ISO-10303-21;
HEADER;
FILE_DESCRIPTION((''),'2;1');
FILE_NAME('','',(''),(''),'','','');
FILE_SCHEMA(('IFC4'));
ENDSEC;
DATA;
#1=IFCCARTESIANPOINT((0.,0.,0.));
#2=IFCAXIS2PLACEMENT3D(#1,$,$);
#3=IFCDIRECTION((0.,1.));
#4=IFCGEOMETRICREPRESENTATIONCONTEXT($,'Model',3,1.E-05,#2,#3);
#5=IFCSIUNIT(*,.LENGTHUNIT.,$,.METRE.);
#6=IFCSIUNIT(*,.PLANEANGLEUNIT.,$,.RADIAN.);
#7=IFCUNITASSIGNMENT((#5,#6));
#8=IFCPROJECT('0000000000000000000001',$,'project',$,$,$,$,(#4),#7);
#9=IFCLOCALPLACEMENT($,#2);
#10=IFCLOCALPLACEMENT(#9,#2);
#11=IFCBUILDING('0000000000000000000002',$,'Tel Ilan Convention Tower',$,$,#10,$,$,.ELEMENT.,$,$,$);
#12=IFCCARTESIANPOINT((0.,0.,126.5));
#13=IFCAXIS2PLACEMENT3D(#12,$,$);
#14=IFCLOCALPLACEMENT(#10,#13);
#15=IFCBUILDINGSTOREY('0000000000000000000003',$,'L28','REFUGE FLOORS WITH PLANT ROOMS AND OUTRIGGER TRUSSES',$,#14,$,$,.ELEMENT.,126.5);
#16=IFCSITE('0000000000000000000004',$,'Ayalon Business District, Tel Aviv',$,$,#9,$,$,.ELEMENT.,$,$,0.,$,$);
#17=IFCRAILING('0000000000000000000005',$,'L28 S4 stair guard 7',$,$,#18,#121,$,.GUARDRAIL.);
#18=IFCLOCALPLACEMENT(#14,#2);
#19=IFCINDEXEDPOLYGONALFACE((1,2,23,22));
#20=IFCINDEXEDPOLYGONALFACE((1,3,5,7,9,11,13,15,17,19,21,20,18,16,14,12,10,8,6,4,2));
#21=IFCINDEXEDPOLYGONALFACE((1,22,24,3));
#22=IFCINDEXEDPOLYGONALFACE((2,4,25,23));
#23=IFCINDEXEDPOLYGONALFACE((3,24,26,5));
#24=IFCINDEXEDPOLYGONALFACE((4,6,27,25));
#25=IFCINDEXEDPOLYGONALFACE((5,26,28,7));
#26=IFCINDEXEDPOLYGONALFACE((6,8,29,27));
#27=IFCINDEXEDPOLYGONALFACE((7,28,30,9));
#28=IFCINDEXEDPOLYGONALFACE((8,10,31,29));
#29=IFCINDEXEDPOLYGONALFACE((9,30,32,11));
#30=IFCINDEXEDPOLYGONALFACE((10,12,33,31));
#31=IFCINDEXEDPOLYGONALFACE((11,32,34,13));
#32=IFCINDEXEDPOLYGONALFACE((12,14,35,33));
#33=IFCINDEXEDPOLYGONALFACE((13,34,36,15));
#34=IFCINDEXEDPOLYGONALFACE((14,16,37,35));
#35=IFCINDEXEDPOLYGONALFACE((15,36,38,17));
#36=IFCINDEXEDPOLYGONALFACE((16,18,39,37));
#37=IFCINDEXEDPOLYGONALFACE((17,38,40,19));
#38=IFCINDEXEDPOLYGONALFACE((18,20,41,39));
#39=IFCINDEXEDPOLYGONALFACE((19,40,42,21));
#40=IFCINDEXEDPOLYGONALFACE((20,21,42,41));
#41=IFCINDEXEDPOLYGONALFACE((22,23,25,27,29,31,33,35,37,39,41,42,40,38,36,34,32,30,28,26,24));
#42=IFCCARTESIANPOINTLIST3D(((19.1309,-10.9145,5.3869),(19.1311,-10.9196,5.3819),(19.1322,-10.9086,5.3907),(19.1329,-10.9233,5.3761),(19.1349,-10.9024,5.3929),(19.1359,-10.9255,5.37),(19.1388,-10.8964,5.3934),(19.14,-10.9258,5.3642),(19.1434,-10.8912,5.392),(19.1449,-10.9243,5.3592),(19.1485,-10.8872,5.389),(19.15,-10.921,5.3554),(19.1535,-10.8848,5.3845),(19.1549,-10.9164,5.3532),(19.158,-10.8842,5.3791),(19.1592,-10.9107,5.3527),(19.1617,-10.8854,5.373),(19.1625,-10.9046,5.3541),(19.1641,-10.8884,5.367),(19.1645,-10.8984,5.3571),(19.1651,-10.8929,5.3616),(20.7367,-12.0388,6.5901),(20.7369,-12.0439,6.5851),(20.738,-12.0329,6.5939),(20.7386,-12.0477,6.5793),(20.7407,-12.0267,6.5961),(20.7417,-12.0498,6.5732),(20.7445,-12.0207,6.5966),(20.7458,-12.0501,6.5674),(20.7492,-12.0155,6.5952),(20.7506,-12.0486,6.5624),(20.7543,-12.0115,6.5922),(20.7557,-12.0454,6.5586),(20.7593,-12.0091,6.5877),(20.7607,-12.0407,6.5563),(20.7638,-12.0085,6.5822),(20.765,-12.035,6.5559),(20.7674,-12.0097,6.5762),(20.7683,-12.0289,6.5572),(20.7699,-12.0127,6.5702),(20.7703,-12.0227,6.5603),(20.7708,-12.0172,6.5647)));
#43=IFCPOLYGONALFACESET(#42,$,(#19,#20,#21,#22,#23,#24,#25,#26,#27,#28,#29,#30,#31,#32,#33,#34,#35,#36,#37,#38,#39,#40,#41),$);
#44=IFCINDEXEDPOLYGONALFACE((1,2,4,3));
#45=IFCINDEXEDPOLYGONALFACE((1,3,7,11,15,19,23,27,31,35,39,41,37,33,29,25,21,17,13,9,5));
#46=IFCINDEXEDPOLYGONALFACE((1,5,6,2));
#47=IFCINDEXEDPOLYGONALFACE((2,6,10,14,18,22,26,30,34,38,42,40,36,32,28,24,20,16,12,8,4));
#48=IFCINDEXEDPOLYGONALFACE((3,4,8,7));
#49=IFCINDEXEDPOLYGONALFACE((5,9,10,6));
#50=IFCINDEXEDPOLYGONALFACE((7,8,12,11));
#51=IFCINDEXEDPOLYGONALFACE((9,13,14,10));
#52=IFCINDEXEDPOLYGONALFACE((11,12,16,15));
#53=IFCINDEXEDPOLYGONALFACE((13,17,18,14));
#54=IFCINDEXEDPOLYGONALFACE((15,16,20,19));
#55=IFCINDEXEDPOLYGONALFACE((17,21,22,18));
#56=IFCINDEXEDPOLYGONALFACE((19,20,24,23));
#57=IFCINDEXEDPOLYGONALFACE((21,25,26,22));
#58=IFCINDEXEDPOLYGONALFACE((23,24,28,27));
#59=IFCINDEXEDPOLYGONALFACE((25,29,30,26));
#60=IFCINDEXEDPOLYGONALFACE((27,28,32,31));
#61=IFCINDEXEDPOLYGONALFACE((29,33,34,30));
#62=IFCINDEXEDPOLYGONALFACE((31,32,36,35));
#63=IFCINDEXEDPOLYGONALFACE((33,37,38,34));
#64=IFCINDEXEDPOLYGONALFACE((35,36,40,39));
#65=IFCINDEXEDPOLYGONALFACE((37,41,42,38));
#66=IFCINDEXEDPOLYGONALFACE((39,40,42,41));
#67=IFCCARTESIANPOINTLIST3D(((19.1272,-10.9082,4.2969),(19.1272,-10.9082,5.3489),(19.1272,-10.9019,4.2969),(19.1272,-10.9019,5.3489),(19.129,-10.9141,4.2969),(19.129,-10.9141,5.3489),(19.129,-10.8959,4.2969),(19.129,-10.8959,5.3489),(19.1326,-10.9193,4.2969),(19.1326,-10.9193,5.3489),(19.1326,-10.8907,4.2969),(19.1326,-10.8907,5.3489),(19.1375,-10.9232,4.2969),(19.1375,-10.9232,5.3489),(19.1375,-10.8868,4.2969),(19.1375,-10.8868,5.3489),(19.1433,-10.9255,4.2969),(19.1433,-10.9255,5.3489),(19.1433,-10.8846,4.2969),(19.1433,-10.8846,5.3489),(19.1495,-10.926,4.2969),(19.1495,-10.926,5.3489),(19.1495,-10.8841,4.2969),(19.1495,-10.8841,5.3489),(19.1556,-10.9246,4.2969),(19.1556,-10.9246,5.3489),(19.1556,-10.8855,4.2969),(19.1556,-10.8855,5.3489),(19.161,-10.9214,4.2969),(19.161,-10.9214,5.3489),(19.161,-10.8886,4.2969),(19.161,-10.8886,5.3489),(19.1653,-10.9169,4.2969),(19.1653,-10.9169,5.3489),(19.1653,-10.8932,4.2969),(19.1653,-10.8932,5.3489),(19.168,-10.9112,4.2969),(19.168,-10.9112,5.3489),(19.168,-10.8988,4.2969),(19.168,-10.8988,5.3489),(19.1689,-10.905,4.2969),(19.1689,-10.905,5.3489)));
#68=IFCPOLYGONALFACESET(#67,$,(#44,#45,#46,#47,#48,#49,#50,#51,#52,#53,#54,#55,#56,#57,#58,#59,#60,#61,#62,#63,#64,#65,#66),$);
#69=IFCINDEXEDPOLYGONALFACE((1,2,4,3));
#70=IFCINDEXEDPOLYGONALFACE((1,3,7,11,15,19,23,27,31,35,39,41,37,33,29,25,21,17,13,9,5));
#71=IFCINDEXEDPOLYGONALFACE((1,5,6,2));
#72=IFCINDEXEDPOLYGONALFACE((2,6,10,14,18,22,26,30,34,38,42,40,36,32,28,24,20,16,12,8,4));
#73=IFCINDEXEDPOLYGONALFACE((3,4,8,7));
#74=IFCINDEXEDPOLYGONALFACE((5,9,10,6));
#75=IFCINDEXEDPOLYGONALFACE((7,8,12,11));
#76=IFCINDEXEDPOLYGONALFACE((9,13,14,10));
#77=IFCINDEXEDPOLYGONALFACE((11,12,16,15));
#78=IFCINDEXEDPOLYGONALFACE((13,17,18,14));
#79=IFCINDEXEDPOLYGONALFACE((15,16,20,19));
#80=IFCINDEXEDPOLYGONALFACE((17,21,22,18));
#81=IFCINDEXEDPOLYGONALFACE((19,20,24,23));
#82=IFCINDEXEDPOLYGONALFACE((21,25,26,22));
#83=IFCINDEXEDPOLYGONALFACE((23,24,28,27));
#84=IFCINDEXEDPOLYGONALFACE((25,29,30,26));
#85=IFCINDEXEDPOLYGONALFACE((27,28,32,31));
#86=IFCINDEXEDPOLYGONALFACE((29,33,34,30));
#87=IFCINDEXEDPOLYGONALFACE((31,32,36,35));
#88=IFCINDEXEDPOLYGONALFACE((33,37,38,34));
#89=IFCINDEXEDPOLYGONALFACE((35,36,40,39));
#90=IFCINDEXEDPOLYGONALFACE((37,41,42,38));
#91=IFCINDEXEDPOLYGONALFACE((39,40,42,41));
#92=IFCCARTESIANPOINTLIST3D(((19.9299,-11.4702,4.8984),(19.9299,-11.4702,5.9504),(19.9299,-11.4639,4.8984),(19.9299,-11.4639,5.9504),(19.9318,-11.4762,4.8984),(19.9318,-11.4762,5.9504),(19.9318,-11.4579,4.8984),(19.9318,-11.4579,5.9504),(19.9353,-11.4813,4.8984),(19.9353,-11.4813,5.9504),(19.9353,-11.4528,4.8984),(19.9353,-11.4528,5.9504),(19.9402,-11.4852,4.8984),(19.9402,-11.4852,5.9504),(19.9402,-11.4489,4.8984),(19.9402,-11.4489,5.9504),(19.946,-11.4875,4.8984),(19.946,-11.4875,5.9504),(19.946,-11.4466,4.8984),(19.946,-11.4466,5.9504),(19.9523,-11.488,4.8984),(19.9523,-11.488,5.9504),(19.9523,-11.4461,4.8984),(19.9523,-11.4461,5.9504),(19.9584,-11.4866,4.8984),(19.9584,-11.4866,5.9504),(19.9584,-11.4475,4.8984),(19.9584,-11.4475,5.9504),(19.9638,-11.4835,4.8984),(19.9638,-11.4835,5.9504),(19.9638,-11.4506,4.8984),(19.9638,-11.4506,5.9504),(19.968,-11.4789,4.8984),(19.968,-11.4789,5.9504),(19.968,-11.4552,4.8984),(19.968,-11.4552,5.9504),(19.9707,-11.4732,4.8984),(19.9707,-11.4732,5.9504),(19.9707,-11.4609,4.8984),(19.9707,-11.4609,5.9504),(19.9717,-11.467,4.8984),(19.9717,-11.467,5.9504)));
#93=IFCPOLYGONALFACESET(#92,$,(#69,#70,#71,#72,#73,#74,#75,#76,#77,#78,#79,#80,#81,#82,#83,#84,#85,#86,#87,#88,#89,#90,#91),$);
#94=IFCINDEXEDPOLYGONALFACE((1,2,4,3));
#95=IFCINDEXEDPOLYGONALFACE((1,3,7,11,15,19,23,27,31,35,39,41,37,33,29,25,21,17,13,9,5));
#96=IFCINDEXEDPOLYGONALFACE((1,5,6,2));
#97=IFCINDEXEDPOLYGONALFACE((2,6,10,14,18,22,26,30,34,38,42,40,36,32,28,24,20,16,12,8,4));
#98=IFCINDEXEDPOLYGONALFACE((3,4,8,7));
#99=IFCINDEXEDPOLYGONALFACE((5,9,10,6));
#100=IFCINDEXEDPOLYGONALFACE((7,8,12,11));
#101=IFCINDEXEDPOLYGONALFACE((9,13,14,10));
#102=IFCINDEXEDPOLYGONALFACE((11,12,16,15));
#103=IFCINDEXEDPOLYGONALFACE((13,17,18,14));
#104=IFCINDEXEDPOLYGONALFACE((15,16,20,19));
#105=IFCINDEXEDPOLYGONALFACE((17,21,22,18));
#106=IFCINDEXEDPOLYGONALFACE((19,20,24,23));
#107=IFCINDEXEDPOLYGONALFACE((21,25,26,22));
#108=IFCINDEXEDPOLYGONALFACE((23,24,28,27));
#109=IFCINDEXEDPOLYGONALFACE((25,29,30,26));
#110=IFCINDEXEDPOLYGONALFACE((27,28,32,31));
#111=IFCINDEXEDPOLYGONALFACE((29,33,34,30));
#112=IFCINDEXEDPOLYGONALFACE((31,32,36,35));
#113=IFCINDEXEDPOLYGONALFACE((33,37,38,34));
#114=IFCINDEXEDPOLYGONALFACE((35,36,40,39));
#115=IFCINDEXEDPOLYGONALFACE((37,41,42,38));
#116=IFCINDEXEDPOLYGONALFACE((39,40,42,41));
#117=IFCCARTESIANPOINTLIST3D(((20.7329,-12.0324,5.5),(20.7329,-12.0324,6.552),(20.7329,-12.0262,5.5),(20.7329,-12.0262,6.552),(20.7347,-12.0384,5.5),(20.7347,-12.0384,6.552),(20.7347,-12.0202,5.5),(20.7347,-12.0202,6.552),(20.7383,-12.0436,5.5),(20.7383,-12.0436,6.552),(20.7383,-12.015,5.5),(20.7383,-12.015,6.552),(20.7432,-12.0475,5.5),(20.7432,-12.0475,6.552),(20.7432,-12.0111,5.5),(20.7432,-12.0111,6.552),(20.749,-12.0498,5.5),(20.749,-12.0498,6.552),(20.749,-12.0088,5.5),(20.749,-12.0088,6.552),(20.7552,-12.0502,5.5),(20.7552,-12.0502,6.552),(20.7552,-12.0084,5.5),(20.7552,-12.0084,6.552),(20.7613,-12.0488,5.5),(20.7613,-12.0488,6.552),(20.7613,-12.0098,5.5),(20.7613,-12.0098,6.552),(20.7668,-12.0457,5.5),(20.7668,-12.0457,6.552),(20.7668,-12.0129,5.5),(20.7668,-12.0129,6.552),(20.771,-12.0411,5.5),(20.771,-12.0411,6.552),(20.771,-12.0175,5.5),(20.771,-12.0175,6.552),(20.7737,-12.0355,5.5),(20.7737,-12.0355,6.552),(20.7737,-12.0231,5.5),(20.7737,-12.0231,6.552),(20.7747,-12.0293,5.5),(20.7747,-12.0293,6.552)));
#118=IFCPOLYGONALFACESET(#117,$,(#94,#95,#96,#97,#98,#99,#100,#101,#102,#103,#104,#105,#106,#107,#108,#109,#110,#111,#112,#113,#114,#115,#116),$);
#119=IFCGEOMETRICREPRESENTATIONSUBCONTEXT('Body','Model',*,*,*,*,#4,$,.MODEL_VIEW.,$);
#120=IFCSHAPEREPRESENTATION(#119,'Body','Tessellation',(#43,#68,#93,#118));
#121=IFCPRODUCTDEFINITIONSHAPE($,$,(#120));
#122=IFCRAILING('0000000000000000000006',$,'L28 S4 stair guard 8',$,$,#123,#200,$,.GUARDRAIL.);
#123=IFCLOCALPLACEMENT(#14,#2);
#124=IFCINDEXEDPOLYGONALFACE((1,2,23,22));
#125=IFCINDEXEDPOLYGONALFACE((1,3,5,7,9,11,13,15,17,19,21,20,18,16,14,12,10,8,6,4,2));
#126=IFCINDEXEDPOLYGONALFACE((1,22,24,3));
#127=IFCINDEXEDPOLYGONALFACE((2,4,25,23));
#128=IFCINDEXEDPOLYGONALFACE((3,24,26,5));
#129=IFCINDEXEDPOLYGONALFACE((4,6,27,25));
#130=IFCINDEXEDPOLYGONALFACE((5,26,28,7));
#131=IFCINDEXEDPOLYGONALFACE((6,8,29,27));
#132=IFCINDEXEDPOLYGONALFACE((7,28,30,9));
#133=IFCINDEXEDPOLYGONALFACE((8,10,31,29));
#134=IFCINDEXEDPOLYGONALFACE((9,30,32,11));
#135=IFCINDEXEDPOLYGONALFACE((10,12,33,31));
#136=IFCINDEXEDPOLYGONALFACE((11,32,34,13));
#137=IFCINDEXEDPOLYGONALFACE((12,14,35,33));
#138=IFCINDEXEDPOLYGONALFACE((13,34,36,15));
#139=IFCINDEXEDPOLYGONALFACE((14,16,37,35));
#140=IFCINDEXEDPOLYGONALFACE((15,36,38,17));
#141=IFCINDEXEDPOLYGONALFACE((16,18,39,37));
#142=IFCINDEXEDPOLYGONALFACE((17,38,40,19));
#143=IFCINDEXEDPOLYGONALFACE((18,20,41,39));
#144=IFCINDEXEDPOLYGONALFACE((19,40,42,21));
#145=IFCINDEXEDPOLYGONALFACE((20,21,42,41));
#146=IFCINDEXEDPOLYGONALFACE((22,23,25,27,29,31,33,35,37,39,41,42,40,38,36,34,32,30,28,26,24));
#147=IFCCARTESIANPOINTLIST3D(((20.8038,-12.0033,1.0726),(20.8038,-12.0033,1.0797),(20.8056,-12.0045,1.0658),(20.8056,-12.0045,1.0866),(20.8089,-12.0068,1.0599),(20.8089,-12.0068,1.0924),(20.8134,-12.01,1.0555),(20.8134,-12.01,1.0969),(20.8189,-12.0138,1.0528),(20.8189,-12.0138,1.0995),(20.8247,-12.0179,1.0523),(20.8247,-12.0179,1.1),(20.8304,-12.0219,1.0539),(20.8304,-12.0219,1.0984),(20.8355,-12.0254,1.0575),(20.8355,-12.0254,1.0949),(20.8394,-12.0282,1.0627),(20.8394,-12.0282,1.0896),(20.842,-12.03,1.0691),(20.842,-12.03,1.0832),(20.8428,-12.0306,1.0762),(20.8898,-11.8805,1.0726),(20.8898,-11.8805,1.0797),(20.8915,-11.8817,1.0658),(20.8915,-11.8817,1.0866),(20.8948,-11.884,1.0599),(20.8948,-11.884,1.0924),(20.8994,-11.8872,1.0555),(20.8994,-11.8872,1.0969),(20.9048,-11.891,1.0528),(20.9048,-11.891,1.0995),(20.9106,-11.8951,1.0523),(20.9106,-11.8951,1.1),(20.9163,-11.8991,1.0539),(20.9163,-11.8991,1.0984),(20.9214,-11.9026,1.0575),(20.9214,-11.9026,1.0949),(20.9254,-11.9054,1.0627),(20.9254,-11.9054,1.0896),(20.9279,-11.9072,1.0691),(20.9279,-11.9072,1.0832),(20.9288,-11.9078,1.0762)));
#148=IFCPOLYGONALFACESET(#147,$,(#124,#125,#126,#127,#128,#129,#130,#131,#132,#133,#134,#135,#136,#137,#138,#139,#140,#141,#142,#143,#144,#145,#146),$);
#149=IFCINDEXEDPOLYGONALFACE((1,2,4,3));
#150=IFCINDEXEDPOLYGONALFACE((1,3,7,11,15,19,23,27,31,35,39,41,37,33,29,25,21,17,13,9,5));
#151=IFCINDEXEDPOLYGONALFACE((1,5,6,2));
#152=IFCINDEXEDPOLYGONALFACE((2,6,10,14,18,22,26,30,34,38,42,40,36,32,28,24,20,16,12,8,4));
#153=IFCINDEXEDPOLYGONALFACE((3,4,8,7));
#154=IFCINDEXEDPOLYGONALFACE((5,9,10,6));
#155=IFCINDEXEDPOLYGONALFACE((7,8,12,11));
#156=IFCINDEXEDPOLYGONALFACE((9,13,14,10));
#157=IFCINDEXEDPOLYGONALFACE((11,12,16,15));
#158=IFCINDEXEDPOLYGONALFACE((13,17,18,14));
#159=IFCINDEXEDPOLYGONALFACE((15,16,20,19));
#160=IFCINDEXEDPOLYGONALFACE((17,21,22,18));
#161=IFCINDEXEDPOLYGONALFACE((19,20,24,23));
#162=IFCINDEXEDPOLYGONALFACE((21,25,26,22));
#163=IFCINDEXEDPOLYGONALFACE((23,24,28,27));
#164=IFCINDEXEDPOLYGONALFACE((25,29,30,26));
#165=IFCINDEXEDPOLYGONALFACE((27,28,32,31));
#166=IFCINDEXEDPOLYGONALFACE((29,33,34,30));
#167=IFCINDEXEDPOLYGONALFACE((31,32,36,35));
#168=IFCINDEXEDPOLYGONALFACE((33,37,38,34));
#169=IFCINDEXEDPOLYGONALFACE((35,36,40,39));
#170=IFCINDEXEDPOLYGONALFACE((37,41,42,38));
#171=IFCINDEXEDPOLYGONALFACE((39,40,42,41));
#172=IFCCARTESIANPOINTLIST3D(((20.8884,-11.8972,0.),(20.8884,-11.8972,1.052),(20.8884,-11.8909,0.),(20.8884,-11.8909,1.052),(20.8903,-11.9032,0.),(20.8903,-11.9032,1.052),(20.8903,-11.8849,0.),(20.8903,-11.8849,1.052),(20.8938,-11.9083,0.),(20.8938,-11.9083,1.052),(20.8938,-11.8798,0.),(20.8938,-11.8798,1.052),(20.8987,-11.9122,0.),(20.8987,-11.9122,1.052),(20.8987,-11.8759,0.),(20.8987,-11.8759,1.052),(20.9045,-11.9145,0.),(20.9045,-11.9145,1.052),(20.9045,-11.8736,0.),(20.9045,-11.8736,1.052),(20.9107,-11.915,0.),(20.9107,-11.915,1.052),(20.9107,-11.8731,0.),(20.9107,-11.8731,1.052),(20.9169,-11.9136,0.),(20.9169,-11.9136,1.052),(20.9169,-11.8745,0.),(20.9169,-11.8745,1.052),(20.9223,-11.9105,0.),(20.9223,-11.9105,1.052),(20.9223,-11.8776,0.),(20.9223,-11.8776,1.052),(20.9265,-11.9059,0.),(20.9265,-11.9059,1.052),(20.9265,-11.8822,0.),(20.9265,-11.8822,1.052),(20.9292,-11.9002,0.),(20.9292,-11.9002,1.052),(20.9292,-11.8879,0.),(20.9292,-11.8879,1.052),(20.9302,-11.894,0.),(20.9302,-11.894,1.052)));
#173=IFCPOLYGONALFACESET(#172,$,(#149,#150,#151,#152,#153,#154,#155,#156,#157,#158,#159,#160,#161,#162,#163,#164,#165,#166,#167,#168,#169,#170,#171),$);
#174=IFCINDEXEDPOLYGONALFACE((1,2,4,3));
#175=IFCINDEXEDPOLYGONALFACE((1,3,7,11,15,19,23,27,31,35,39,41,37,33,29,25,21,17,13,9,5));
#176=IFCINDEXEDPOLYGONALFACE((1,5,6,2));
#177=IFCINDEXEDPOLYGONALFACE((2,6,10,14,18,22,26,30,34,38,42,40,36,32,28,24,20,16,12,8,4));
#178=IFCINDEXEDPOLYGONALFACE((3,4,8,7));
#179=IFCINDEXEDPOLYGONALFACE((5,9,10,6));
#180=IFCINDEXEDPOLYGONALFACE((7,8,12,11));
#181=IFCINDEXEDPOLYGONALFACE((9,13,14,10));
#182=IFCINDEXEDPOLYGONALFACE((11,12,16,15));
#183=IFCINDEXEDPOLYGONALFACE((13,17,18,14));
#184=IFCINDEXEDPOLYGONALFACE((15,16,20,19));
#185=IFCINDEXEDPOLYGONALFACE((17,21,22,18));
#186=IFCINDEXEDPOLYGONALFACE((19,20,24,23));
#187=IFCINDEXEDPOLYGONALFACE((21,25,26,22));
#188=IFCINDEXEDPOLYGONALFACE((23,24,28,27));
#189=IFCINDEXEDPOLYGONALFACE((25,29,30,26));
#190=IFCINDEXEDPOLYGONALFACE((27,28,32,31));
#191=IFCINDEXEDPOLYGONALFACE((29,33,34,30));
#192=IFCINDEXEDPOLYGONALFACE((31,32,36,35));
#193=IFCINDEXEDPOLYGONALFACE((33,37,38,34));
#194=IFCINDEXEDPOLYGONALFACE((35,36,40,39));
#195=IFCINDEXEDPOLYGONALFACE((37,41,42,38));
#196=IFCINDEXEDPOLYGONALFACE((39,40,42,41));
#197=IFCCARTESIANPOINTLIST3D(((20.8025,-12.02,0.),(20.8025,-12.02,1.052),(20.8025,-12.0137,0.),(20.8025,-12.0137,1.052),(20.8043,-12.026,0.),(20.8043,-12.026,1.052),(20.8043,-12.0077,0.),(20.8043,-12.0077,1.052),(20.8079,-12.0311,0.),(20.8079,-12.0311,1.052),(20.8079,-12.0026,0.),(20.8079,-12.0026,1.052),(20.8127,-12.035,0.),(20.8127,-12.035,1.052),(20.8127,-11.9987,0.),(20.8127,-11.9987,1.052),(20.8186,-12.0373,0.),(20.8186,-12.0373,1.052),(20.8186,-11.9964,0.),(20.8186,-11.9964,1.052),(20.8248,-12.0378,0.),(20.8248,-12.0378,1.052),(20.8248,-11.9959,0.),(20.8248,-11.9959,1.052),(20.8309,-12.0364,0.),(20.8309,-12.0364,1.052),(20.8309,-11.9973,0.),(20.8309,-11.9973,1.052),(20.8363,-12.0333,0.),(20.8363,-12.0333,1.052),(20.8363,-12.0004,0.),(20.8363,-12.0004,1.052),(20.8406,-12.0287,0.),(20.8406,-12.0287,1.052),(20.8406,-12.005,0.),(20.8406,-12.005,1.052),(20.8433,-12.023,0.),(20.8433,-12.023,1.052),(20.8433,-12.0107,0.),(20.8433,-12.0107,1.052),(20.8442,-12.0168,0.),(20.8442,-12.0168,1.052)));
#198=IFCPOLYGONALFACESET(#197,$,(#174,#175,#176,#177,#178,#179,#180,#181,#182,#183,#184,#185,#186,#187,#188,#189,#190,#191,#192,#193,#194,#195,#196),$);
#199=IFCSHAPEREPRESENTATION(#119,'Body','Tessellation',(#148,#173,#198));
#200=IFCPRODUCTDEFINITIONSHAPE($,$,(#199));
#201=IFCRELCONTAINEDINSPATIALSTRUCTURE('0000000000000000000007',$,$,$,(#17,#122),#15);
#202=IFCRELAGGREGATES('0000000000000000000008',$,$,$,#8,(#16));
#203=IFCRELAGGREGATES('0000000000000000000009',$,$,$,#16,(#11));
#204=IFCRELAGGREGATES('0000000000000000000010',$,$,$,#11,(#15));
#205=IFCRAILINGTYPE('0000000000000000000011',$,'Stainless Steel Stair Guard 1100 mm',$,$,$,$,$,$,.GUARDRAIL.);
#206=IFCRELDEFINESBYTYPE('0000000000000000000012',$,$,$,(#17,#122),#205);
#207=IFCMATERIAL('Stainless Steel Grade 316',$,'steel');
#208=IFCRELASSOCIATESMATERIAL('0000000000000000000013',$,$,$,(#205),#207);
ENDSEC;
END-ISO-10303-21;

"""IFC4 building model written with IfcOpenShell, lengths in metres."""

from ifc_helpers import new_model, si_unit, direction, frame, origin, origin_2d, place, context, subcontext, project, spatial, circle, extrude, material, type_object, element, save


model = new_model("IFC4")

# Units and contexts
model_context = context("Model", 3, precision=1e-05, world=origin(), true_north=direction((0.0, 1.0)))
body_context = subcontext(model_context, "Body", "Model", "MODEL_VIEW")
ifc_project = project(units=[si_unit("LENGTHUNIT", "METRE"), si_unit("PLANEANGLEUNIT", "RADIAN")], contexts=[model_context])

# Site, building, storey
site_placement = place(None, origin())
site = spatial("IfcSite", under=ifc_project, at=site_placement, Name="Ayalon Business District, Tel Aviv", CompositionType="ELEMENT", RefElevation=0.0)
building_placement = place(site_placement, origin())
building = spatial("IfcBuilding", under=site, at=building_placement, Name="Tel Ilan Convention Tower", CompositionType="ELEMENT")
storey_placement = place(building_placement, frame((0.0, 0.0, 126.5)))
storey = spatial("IfcBuildingStorey", under=building, at=storey_placement, Name="L28", Description="REFUGE FLOORS WITH PLANT ROOMS AND OUTRIGGER TRUSSES", CompositionType="ELEMENT", Elevation=126.5)

# Railings
ifc_material_1 = material(Name="Stainless Steel Grade 316", Category="steel")
railing_type_1 = type_object("IfcRailingType", Name="Stainless Steel Stair Guard 1100 mm", PredefinedType="GUARDRAIL", material=ifc_material_1)
railing_1_placement = place(storey_placement, frame((19.1479, -10.905, 4.2969)))
element("IfcRailing", 1, at=railing_1_placement, inside=storey, type_object=railing_type_1, Name="L28 S4 stair guard 7", PredefinedType="GUARDRAIL", context=body_context, shape_type="SweptSolid", body=[
    extrude(circle(Radius=0.0239, at=origin_2d()), frame((0.0, 0.0, 1.0762), z_axis=(0.698149, -0.488821, 0.523108), x_axis=(0.573554, 0.819168, 0.0)), (0.0, 0.0, 1.0), 2.3),
    extrude(circle(Radius=0.021, at=origin_2d()), origin(), (0.0, 0.0, 1.0), 1.052),
    extrude(circle(Radius=0.021, at=origin_2d()), frame((0.8027, -0.562, 0.6016)), (0.0, 0.0, 1.0), 1.052),
    extrude(circle(Radius=0.021, at=origin_2d()), frame((1.6057, -1.1243, 1.2031)), (0.0, 0.0, 1.0), 1.052),
])
railing_2_placement = place(storey_placement, frame((20.9092, -11.894, 0.0)))
element("IfcRailing", 2, at=railing_2_placement, inside=storey, type_object=railing_type_1, Name="L28 S4 stair guard 8", PredefinedType="GUARDRAIL", context=body_context, shape_type="SweptSolid", body=[
    extrude(circle(Radius=0.0239, at=origin_2d()), frame((0.0, 0.0, 1.0762), z_axis=(-0.573353, -0.819308, 0.0), x_axis=(0.819308, -0.573353, 0.0)), (0.0, 0.0, 1.0), 0.1499),
    extrude(circle(Radius=0.021, at=origin_2d()), origin(), (0.0, 0.0, 1.0), 1.052),
    extrude(circle(Radius=0.021, at=origin_2d()), frame((-0.0859, -0.1228, 0.0)), (0.0, 0.0, 1.0), 1.052),
])

save(model, "model.ifc")
